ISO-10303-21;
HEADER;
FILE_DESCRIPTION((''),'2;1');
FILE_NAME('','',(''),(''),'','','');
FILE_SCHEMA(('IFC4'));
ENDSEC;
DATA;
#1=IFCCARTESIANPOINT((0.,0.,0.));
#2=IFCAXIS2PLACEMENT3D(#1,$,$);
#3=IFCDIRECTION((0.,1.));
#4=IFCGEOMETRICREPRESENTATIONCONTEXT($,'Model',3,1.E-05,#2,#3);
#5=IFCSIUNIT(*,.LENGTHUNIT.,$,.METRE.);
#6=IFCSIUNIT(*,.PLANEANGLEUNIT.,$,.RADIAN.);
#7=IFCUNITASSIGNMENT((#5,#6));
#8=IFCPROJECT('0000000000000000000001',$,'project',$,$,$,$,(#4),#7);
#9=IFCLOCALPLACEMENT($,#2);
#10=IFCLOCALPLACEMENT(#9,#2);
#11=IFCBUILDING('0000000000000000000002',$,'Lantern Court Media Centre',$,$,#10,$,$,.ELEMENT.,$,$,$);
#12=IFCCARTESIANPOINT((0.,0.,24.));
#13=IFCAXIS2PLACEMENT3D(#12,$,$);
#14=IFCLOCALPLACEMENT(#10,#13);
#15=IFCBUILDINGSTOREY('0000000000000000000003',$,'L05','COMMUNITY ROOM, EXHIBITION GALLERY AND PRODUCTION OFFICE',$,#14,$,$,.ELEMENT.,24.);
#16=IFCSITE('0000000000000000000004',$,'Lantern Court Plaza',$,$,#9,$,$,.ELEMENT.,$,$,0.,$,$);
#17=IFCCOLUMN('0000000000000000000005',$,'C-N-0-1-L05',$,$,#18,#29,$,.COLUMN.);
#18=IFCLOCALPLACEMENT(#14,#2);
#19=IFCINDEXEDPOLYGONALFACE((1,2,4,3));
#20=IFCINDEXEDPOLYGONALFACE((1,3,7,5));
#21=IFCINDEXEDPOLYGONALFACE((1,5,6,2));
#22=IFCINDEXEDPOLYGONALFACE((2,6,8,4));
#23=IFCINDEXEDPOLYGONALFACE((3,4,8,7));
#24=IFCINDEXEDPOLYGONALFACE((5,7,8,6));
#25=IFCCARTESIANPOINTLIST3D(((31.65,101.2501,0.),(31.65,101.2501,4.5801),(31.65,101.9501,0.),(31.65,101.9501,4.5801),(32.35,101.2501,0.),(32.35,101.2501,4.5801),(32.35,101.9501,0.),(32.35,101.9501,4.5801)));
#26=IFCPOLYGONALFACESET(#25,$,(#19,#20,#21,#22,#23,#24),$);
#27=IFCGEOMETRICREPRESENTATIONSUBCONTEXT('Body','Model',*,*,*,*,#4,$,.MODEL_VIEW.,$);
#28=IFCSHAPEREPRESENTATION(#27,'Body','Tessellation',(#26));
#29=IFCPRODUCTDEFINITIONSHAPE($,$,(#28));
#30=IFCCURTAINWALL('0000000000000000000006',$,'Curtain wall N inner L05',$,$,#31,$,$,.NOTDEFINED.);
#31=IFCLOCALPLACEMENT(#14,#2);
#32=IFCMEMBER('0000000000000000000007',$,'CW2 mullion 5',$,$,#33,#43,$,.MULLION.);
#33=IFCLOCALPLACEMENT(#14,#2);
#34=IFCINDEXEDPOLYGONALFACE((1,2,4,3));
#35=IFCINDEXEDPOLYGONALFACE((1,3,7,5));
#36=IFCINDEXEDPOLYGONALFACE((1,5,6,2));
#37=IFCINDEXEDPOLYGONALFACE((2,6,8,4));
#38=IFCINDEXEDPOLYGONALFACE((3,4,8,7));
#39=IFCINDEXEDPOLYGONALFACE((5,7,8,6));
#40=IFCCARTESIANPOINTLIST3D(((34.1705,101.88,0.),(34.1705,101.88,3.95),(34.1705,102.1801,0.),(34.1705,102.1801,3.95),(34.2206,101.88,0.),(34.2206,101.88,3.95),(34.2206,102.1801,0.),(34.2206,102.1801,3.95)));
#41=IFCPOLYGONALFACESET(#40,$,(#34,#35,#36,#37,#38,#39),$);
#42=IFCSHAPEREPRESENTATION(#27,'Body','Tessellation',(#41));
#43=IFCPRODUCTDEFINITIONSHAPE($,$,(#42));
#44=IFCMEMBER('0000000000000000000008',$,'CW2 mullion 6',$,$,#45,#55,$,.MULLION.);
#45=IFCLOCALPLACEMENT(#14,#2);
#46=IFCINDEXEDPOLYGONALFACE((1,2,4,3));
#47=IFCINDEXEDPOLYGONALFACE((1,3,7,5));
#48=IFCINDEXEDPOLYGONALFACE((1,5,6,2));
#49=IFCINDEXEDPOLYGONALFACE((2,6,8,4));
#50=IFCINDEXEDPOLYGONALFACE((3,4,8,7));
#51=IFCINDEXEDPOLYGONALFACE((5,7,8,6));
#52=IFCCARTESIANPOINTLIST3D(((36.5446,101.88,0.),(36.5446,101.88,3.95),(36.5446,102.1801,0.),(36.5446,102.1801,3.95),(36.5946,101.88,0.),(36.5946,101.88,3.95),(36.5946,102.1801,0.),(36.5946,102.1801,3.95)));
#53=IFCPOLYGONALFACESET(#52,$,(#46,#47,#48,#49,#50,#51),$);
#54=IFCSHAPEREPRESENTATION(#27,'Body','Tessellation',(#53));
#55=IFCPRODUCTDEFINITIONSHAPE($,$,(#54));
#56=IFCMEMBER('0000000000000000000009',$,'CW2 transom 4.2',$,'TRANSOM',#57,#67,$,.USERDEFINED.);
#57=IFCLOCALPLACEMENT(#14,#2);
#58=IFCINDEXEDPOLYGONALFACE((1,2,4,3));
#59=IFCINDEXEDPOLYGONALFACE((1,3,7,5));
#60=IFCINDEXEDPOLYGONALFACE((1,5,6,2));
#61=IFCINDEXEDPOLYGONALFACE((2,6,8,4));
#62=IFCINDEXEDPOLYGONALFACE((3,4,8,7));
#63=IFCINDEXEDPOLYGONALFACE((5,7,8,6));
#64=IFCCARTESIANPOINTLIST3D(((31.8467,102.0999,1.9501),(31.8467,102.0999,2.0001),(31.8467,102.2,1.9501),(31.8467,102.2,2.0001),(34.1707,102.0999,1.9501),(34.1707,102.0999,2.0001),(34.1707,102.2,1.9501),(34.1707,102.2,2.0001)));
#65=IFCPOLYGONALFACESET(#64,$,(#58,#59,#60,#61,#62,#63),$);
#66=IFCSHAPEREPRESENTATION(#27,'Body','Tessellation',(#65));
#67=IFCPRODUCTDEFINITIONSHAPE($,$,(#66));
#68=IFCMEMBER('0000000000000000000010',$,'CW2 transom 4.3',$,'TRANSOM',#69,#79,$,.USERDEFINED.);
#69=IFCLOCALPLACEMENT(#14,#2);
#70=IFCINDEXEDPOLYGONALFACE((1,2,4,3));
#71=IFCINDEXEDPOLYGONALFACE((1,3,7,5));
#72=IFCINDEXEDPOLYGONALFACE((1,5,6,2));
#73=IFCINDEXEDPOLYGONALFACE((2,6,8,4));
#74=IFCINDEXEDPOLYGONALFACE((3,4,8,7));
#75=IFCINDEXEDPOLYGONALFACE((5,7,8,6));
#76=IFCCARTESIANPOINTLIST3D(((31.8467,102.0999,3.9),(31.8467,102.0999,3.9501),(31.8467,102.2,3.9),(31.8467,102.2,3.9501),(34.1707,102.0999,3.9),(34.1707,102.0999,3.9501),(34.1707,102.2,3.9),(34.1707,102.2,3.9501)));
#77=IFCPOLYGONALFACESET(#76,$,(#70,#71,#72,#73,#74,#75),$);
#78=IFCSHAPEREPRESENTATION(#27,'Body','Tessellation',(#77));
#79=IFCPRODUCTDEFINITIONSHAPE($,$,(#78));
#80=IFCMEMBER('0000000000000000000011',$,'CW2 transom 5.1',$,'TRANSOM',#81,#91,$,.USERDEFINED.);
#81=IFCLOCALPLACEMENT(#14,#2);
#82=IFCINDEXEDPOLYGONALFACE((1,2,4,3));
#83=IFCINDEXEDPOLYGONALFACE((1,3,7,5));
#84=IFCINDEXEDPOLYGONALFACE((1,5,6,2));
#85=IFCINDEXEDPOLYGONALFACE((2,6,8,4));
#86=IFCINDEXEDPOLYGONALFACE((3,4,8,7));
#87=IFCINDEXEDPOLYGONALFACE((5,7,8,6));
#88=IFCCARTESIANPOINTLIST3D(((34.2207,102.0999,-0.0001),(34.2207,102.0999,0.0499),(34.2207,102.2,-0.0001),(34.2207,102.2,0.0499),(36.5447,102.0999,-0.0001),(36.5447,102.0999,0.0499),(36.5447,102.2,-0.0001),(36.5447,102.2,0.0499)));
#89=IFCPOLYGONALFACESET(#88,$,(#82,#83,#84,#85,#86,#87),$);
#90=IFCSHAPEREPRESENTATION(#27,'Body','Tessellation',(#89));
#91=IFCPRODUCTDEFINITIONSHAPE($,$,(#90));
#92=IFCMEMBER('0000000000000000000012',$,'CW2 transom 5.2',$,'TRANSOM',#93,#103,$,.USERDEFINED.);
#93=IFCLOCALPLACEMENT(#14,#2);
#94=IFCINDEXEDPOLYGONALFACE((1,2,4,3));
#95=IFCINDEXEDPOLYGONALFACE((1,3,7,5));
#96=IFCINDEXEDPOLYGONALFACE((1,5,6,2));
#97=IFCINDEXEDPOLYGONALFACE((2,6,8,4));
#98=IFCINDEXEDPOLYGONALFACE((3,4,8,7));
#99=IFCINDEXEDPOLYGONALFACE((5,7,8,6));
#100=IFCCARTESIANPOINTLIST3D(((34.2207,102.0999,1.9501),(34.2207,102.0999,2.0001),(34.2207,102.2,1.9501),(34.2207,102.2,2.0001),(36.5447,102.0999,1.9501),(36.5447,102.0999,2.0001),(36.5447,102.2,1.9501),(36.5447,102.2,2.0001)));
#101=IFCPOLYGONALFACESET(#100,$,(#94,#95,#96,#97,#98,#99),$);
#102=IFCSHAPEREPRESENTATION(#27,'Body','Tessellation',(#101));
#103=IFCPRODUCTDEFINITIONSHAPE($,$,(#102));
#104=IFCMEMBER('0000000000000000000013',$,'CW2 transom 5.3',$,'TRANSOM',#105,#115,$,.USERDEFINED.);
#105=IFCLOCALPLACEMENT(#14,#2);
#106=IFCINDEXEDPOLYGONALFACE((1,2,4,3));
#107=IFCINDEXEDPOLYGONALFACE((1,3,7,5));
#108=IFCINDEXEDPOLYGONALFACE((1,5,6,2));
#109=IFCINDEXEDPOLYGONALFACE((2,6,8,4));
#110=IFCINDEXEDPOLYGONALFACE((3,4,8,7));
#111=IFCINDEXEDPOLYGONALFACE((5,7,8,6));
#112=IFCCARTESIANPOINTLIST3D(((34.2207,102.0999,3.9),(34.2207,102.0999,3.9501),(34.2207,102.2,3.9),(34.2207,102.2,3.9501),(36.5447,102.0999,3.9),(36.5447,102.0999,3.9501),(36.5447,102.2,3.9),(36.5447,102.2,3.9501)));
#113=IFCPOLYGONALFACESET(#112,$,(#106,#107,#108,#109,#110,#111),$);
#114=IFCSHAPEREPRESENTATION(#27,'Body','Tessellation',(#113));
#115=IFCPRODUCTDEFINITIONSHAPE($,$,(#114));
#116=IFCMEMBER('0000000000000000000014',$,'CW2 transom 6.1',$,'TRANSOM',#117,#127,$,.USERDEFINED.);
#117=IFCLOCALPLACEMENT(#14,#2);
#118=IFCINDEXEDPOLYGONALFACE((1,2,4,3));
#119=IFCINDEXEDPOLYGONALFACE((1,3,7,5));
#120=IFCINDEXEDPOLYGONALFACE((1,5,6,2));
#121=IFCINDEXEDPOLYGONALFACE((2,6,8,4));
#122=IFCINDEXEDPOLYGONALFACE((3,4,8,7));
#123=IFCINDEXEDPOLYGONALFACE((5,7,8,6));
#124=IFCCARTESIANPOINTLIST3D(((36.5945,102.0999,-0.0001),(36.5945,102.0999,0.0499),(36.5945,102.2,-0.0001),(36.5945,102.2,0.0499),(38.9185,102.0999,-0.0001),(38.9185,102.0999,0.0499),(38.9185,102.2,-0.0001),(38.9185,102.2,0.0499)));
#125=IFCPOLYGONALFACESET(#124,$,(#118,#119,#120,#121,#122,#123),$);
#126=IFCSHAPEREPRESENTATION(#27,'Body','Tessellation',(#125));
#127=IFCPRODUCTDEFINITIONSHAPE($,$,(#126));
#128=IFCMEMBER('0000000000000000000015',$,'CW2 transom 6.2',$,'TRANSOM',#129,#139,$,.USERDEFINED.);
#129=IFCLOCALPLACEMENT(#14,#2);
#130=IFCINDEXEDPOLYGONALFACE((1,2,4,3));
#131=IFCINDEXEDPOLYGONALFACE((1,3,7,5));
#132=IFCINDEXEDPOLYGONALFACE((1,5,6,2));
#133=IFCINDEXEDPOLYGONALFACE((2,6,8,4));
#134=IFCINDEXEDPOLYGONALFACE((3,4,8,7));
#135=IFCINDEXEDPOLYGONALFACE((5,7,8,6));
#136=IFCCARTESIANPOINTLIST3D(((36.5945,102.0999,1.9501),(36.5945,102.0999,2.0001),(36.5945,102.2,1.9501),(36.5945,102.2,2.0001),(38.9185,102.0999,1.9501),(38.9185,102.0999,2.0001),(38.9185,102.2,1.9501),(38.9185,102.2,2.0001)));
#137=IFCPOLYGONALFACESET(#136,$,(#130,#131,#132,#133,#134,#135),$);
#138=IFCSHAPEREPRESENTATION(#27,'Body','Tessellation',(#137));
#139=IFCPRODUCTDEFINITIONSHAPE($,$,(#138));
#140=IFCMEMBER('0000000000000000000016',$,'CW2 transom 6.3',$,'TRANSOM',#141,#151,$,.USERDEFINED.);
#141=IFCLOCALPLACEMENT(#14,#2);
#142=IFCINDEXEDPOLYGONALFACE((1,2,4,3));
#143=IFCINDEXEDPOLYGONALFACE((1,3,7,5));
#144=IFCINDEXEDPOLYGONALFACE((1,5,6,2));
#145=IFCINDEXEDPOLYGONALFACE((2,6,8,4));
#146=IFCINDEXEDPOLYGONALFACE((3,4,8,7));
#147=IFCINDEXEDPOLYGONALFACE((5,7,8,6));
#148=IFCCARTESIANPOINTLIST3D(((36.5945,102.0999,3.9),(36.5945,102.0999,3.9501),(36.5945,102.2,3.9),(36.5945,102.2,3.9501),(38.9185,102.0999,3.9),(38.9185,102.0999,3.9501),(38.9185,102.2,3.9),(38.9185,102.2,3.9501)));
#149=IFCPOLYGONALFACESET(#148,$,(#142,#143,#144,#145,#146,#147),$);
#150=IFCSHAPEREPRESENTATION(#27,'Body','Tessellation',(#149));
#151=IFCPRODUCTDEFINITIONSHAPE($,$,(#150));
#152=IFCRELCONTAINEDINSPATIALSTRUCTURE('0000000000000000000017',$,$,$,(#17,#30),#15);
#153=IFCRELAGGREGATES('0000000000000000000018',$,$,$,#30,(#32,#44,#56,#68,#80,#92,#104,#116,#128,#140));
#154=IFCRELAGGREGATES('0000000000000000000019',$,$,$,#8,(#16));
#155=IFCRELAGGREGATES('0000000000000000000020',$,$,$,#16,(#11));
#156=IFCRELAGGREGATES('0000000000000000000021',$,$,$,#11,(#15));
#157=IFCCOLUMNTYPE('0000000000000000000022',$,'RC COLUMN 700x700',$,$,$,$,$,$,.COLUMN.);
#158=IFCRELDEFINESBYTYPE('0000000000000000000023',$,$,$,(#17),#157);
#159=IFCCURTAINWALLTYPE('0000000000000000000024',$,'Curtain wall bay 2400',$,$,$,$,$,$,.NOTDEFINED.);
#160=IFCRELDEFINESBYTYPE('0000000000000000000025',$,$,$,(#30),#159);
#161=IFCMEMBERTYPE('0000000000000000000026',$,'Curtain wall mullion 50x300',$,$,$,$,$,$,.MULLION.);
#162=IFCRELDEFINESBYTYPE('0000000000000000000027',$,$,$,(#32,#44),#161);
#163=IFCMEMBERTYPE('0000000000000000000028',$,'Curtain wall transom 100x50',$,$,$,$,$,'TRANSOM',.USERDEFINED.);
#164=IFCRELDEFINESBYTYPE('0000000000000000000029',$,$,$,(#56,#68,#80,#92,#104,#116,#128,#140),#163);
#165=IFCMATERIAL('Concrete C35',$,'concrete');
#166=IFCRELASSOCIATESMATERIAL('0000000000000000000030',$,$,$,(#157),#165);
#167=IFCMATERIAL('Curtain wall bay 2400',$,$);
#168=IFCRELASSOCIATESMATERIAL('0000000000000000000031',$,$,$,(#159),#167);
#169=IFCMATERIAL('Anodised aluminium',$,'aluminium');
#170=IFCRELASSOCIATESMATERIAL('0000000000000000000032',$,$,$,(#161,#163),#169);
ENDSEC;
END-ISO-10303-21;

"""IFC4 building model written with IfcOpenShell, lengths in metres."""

from ifc_helpers import new_model, si_unit, direction, frame, origin, origin_2d, place, context, subcontext, project, spatial, rectangle, extrude, material, material_profile, profile_set, type_object, element, aggregate, save


model = new_model("IFC4")

# Units and contexts
model_context = context("Model", 3, precision=1e-05, world=origin(), true_north=direction((0.0, 1.0)))
body_context = subcontext(model_context, "Body", "Model", "MODEL_VIEW")
ifc_project = project(units=[si_unit("LENGTHUNIT", "METRE"), si_unit("PLANEANGLEUNIT", "RADIAN")], contexts=[model_context])

# Site, building, storey
site_placement = place(None, origin())
site = spatial("IfcSite", under=ifc_project, at=site_placement, Name="Lantern Court Plaza", CompositionType="ELEMENT", RefElevation=0.0)
building_placement = place(site_placement, origin())
building = spatial("IfcBuilding", under=site, at=building_placement, Name="Lantern Court Media Centre", CompositionType="ELEMENT")
storey_placement = place(building_placement, frame((0.0, 0.0, 24.0)))
storey = spatial("IfcBuildingStorey", under=building, at=storey_placement, Name="L05", Description="COMMUNITY ROOM, EXHIBITION GALLERY AND PRODUCTION OFFICE", CompositionType="ELEMENT", Elevation=24.0)

# Column
ifc_material_1 = material(Name="Concrete C35", Category="concrete")
ifc_material_profile_1 = material_profile(ifc_material_1, rectangle(XDim=0.7, YDim=0.7, at=origin_2d()), Name="RC 700x700")
ifc_profile_set_1 = profile_set([ifc_material_profile_1], Name="Concrete C35")
column_type = type_object("IfcColumnType", Name="RC COLUMN 700x700", PredefinedType="COLUMN", material=ifc_profile_set_1)
column_placement = place(storey_placement, frame((32.0, 101.6001, 0.0), z_axis=(0.0, 0.0, 1.0), x_axis=(1.0, 0.0, 0.0)))
element("IfcColumn", 1, at=column_placement, inside=storey, type_object=column_type, Name="C-N-0-1-L05", PredefinedType="COLUMN", context=body_context, shape_type="SweptSolid", body=[
    extrude(rectangle(XDim=0.7, YDim=0.7, at=origin_2d()), origin(), (0.0, 0.0, 1.0), 4.5801),
])

# Curtain wall, members
ifc_material_2 = material(Name="Curtain wall bay 2400")
curtain_wall_type = type_object("IfcCurtainWallType", Name="Curtain wall bay 2400", PredefinedType="NOTDEFINED", material=ifc_material_2)
curtain_wall_placement = place(storey_placement, origin())
curtain_wall = element("IfcCurtainWall", 2, at=curtain_wall_placement, inside=storey, type_object=curtain_wall_type, Name="Curtain wall N inner L05", PredefinedType="NOTDEFINED")
ifc_material_3 = material(Name="Anodised aluminium", Category="aluminium")
ifc_material_profile_2 = material_profile(ifc_material_3, rectangle(XDim=0.3, YDim=0.05, at=origin_2d()), Name="AL 50x300")
ifc_profile_set_2 = profile_set([ifc_material_profile_2], Name="Anodised aluminium")
member_type_1 = type_object("IfcMemberType", Name="Curtain wall mullion 50x300", PredefinedType="MULLION", material=ifc_profile_set_2)
member_1_placement = place(storey_placement, frame((34.1956, 102.03, 0.0), z_axis=(0.0, 0.0, 1.0), x_axis=(0.0, 1.0, 0.0)))
member_1 = element("IfcMember", 3, at=member_1_placement, type_object=member_type_1, Name="CW2 mullion 5", PredefinedType="MULLION", context=body_context, shape_type="SweptSolid", body=[
    extrude(rectangle(XDim=0.3, YDim=0.05, at=origin_2d()), origin(), (0.0, 0.0, 1.0), 3.95),
])
member_2_placement = place(storey_placement, frame((36.5696, 102.03, 0.0), z_axis=(0.0, 0.0, 1.0), x_axis=(0.0, 1.0, 0.0)))
member_2 = element("IfcMember", 4, at=member_2_placement, type_object=member_type_1, Name="CW2 mullion 6", PredefinedType="MULLION", context=body_context, shape_type="SweptSolid", body=[
    extrude(rectangle(XDim=0.3, YDim=0.05, at=origin_2d()), origin(), (0.0, 0.0, 1.0), 3.95),
])
ifc_material_profile_3 = material_profile(ifc_material_3, rectangle(XDim=0.1001, YDim=0.05, at=origin_2d()), Name="AL 50x100")
ifc_profile_set_3 = profile_set([ifc_material_profile_3], Name="Anodised aluminium")
member_type_2 = type_object("IfcMemberType", Name="Curtain wall transom 100x50", ElementType="TRANSOM", PredefinedType="USERDEFINED", material=ifc_profile_set_3)
member_3_placement = place(storey_placement, frame((31.8467, 102.1499, 1.9751), z_axis=(1.0, 0.0, 0.0), x_axis=(0.0, 1.0, 0.0)))
member_3 = element("IfcMember", 5, at=member_3_placement, type_object=member_type_2, Name="CW2 transom 4.2", ObjectType="TRANSOM", PredefinedType="USERDEFINED", context=body_context, shape_type="SweptSolid", body=[
    extrude(rectangle(XDim=0.1001, YDim=0.05, at=origin_2d()), origin(), (0.0, 0.0, 1.0), 2.324),
])
member_4_placement = place(storey_placement, frame((31.8467, 102.1499, 3.925), z_axis=(1.0, 0.0, 0.0), x_axis=(0.0, 1.0, 0.0)))
member_4 = element("IfcMember", 6, at=member_4_placement, type_object=member_type_2, Name="CW2 transom 4.3", ObjectType="TRANSOM", PredefinedType="USERDEFINED", context=body_context, shape_type="SweptSolid", body=[
    extrude(rectangle(XDim=0.1001, YDim=0.05, at=origin_2d()), origin(), (0.0, 0.0, 1.0), 2.324),
])
member_5_placement = place(storey_placement, frame((34.2207, 102.1499, 0.0249), z_axis=(1.0, 0.0, 0.0), x_axis=(0.0, 1.0, 0.0)))
member_5 = element("IfcMember", 7, at=member_5_placement, type_object=member_type_2, Name="CW2 transom 5.1", ObjectType="TRANSOM", PredefinedType="USERDEFINED", context=body_context, shape_type="SweptSolid", body=[
    extrude(rectangle(XDim=0.1001, YDim=0.05, at=origin_2d()), origin(), (0.0, 0.0, 1.0), 2.324),
])
member_6_placement = place(storey_placement, frame((34.2207, 102.1499, 1.9751), z_axis=(1.0, 0.0, 0.0), x_axis=(0.0, 1.0, 0.0)))
member_6 = element("IfcMember", 8, at=member_6_placement, type_object=member_type_2, Name="CW2 transom 5.2", ObjectType="TRANSOM", PredefinedType="USERDEFINED", context=body_context, shape_type="SweptSolid", body=[
    extrude(rectangle(XDim=0.1001, YDim=0.05, at=origin_2d()), origin(), (0.0, 0.0, 1.0), 2.324),
])
member_7_placement = place(storey_placement, frame((34.2207, 102.1499, 3.925), z_axis=(1.0, 0.0, 0.0), x_axis=(0.0, 1.0, 0.0)))
member_7 = element("IfcMember", 9, at=member_7_placement, type_object=member_type_2, Name="CW2 transom 5.3", ObjectType="TRANSOM", PredefinedType="USERDEFINED", context=body_context, shape_type="SweptSolid", body=[
    extrude(rectangle(XDim=0.1001, YDim=0.05, at=origin_2d()), origin(), (0.0, 0.0, 1.0), 2.324),
])
member_8_placement = place(storey_placement, frame((36.5945, 102.1499, 0.0249), z_axis=(1.0, 0.0, 0.0), x_axis=(0.0, 1.0, 0.0)))
member_8 = element("IfcMember", 10, at=member_8_placement, type_object=member_type_2, Name="CW2 transom 6.1", ObjectType="TRANSOM", PredefinedType="USERDEFINED", context=body_context, shape_type="SweptSolid", body=[
    extrude(rectangle(XDim=0.1001, YDim=0.05, at=origin_2d()), origin(), (0.0, 0.0, 1.0), 2.324),
])
member_9_placement = place(storey_placement, frame((36.5945, 102.1499, 1.9751), z_axis=(1.0, 0.0, 0.0), x_axis=(0.0, 1.0, 0.0)))
member_9 = element("IfcMember", 11, at=member_9_placement, type_object=member_type_2, Name="CW2 transom 6.2", ObjectType="TRANSOM", PredefinedType="USERDEFINED", context=body_context, shape_type="SweptSolid", body=[
    extrude(rectangle(XDim=0.1001, YDim=0.05, at=origin_2d()), origin(), (0.0, 0.0, 1.0), 2.324),
])
member_10_placement = place(storey_placement, frame((36.5945, 102.1499, 3.925), z_axis=(1.0, 0.0, 0.0), x_axis=(0.0, 1.0, 0.0)))
member_10 = element("IfcMember", 12, at=member_10_placement, type_object=member_type_2, Name="CW2 transom 6.3", ObjectType="TRANSOM", PredefinedType="USERDEFINED", context=body_context, shape_type="SweptSolid", body=[
    extrude(rectangle(XDim=0.1001, YDim=0.05, at=origin_2d()), origin(), (0.0, 0.0, 1.0), 2.324),
])

aggregate(curtain_wall, [member_1, member_2, member_3, member_4, member_5, member_6, member_7, member_8, member_9, member_10])

save(model, "model.ifc")
